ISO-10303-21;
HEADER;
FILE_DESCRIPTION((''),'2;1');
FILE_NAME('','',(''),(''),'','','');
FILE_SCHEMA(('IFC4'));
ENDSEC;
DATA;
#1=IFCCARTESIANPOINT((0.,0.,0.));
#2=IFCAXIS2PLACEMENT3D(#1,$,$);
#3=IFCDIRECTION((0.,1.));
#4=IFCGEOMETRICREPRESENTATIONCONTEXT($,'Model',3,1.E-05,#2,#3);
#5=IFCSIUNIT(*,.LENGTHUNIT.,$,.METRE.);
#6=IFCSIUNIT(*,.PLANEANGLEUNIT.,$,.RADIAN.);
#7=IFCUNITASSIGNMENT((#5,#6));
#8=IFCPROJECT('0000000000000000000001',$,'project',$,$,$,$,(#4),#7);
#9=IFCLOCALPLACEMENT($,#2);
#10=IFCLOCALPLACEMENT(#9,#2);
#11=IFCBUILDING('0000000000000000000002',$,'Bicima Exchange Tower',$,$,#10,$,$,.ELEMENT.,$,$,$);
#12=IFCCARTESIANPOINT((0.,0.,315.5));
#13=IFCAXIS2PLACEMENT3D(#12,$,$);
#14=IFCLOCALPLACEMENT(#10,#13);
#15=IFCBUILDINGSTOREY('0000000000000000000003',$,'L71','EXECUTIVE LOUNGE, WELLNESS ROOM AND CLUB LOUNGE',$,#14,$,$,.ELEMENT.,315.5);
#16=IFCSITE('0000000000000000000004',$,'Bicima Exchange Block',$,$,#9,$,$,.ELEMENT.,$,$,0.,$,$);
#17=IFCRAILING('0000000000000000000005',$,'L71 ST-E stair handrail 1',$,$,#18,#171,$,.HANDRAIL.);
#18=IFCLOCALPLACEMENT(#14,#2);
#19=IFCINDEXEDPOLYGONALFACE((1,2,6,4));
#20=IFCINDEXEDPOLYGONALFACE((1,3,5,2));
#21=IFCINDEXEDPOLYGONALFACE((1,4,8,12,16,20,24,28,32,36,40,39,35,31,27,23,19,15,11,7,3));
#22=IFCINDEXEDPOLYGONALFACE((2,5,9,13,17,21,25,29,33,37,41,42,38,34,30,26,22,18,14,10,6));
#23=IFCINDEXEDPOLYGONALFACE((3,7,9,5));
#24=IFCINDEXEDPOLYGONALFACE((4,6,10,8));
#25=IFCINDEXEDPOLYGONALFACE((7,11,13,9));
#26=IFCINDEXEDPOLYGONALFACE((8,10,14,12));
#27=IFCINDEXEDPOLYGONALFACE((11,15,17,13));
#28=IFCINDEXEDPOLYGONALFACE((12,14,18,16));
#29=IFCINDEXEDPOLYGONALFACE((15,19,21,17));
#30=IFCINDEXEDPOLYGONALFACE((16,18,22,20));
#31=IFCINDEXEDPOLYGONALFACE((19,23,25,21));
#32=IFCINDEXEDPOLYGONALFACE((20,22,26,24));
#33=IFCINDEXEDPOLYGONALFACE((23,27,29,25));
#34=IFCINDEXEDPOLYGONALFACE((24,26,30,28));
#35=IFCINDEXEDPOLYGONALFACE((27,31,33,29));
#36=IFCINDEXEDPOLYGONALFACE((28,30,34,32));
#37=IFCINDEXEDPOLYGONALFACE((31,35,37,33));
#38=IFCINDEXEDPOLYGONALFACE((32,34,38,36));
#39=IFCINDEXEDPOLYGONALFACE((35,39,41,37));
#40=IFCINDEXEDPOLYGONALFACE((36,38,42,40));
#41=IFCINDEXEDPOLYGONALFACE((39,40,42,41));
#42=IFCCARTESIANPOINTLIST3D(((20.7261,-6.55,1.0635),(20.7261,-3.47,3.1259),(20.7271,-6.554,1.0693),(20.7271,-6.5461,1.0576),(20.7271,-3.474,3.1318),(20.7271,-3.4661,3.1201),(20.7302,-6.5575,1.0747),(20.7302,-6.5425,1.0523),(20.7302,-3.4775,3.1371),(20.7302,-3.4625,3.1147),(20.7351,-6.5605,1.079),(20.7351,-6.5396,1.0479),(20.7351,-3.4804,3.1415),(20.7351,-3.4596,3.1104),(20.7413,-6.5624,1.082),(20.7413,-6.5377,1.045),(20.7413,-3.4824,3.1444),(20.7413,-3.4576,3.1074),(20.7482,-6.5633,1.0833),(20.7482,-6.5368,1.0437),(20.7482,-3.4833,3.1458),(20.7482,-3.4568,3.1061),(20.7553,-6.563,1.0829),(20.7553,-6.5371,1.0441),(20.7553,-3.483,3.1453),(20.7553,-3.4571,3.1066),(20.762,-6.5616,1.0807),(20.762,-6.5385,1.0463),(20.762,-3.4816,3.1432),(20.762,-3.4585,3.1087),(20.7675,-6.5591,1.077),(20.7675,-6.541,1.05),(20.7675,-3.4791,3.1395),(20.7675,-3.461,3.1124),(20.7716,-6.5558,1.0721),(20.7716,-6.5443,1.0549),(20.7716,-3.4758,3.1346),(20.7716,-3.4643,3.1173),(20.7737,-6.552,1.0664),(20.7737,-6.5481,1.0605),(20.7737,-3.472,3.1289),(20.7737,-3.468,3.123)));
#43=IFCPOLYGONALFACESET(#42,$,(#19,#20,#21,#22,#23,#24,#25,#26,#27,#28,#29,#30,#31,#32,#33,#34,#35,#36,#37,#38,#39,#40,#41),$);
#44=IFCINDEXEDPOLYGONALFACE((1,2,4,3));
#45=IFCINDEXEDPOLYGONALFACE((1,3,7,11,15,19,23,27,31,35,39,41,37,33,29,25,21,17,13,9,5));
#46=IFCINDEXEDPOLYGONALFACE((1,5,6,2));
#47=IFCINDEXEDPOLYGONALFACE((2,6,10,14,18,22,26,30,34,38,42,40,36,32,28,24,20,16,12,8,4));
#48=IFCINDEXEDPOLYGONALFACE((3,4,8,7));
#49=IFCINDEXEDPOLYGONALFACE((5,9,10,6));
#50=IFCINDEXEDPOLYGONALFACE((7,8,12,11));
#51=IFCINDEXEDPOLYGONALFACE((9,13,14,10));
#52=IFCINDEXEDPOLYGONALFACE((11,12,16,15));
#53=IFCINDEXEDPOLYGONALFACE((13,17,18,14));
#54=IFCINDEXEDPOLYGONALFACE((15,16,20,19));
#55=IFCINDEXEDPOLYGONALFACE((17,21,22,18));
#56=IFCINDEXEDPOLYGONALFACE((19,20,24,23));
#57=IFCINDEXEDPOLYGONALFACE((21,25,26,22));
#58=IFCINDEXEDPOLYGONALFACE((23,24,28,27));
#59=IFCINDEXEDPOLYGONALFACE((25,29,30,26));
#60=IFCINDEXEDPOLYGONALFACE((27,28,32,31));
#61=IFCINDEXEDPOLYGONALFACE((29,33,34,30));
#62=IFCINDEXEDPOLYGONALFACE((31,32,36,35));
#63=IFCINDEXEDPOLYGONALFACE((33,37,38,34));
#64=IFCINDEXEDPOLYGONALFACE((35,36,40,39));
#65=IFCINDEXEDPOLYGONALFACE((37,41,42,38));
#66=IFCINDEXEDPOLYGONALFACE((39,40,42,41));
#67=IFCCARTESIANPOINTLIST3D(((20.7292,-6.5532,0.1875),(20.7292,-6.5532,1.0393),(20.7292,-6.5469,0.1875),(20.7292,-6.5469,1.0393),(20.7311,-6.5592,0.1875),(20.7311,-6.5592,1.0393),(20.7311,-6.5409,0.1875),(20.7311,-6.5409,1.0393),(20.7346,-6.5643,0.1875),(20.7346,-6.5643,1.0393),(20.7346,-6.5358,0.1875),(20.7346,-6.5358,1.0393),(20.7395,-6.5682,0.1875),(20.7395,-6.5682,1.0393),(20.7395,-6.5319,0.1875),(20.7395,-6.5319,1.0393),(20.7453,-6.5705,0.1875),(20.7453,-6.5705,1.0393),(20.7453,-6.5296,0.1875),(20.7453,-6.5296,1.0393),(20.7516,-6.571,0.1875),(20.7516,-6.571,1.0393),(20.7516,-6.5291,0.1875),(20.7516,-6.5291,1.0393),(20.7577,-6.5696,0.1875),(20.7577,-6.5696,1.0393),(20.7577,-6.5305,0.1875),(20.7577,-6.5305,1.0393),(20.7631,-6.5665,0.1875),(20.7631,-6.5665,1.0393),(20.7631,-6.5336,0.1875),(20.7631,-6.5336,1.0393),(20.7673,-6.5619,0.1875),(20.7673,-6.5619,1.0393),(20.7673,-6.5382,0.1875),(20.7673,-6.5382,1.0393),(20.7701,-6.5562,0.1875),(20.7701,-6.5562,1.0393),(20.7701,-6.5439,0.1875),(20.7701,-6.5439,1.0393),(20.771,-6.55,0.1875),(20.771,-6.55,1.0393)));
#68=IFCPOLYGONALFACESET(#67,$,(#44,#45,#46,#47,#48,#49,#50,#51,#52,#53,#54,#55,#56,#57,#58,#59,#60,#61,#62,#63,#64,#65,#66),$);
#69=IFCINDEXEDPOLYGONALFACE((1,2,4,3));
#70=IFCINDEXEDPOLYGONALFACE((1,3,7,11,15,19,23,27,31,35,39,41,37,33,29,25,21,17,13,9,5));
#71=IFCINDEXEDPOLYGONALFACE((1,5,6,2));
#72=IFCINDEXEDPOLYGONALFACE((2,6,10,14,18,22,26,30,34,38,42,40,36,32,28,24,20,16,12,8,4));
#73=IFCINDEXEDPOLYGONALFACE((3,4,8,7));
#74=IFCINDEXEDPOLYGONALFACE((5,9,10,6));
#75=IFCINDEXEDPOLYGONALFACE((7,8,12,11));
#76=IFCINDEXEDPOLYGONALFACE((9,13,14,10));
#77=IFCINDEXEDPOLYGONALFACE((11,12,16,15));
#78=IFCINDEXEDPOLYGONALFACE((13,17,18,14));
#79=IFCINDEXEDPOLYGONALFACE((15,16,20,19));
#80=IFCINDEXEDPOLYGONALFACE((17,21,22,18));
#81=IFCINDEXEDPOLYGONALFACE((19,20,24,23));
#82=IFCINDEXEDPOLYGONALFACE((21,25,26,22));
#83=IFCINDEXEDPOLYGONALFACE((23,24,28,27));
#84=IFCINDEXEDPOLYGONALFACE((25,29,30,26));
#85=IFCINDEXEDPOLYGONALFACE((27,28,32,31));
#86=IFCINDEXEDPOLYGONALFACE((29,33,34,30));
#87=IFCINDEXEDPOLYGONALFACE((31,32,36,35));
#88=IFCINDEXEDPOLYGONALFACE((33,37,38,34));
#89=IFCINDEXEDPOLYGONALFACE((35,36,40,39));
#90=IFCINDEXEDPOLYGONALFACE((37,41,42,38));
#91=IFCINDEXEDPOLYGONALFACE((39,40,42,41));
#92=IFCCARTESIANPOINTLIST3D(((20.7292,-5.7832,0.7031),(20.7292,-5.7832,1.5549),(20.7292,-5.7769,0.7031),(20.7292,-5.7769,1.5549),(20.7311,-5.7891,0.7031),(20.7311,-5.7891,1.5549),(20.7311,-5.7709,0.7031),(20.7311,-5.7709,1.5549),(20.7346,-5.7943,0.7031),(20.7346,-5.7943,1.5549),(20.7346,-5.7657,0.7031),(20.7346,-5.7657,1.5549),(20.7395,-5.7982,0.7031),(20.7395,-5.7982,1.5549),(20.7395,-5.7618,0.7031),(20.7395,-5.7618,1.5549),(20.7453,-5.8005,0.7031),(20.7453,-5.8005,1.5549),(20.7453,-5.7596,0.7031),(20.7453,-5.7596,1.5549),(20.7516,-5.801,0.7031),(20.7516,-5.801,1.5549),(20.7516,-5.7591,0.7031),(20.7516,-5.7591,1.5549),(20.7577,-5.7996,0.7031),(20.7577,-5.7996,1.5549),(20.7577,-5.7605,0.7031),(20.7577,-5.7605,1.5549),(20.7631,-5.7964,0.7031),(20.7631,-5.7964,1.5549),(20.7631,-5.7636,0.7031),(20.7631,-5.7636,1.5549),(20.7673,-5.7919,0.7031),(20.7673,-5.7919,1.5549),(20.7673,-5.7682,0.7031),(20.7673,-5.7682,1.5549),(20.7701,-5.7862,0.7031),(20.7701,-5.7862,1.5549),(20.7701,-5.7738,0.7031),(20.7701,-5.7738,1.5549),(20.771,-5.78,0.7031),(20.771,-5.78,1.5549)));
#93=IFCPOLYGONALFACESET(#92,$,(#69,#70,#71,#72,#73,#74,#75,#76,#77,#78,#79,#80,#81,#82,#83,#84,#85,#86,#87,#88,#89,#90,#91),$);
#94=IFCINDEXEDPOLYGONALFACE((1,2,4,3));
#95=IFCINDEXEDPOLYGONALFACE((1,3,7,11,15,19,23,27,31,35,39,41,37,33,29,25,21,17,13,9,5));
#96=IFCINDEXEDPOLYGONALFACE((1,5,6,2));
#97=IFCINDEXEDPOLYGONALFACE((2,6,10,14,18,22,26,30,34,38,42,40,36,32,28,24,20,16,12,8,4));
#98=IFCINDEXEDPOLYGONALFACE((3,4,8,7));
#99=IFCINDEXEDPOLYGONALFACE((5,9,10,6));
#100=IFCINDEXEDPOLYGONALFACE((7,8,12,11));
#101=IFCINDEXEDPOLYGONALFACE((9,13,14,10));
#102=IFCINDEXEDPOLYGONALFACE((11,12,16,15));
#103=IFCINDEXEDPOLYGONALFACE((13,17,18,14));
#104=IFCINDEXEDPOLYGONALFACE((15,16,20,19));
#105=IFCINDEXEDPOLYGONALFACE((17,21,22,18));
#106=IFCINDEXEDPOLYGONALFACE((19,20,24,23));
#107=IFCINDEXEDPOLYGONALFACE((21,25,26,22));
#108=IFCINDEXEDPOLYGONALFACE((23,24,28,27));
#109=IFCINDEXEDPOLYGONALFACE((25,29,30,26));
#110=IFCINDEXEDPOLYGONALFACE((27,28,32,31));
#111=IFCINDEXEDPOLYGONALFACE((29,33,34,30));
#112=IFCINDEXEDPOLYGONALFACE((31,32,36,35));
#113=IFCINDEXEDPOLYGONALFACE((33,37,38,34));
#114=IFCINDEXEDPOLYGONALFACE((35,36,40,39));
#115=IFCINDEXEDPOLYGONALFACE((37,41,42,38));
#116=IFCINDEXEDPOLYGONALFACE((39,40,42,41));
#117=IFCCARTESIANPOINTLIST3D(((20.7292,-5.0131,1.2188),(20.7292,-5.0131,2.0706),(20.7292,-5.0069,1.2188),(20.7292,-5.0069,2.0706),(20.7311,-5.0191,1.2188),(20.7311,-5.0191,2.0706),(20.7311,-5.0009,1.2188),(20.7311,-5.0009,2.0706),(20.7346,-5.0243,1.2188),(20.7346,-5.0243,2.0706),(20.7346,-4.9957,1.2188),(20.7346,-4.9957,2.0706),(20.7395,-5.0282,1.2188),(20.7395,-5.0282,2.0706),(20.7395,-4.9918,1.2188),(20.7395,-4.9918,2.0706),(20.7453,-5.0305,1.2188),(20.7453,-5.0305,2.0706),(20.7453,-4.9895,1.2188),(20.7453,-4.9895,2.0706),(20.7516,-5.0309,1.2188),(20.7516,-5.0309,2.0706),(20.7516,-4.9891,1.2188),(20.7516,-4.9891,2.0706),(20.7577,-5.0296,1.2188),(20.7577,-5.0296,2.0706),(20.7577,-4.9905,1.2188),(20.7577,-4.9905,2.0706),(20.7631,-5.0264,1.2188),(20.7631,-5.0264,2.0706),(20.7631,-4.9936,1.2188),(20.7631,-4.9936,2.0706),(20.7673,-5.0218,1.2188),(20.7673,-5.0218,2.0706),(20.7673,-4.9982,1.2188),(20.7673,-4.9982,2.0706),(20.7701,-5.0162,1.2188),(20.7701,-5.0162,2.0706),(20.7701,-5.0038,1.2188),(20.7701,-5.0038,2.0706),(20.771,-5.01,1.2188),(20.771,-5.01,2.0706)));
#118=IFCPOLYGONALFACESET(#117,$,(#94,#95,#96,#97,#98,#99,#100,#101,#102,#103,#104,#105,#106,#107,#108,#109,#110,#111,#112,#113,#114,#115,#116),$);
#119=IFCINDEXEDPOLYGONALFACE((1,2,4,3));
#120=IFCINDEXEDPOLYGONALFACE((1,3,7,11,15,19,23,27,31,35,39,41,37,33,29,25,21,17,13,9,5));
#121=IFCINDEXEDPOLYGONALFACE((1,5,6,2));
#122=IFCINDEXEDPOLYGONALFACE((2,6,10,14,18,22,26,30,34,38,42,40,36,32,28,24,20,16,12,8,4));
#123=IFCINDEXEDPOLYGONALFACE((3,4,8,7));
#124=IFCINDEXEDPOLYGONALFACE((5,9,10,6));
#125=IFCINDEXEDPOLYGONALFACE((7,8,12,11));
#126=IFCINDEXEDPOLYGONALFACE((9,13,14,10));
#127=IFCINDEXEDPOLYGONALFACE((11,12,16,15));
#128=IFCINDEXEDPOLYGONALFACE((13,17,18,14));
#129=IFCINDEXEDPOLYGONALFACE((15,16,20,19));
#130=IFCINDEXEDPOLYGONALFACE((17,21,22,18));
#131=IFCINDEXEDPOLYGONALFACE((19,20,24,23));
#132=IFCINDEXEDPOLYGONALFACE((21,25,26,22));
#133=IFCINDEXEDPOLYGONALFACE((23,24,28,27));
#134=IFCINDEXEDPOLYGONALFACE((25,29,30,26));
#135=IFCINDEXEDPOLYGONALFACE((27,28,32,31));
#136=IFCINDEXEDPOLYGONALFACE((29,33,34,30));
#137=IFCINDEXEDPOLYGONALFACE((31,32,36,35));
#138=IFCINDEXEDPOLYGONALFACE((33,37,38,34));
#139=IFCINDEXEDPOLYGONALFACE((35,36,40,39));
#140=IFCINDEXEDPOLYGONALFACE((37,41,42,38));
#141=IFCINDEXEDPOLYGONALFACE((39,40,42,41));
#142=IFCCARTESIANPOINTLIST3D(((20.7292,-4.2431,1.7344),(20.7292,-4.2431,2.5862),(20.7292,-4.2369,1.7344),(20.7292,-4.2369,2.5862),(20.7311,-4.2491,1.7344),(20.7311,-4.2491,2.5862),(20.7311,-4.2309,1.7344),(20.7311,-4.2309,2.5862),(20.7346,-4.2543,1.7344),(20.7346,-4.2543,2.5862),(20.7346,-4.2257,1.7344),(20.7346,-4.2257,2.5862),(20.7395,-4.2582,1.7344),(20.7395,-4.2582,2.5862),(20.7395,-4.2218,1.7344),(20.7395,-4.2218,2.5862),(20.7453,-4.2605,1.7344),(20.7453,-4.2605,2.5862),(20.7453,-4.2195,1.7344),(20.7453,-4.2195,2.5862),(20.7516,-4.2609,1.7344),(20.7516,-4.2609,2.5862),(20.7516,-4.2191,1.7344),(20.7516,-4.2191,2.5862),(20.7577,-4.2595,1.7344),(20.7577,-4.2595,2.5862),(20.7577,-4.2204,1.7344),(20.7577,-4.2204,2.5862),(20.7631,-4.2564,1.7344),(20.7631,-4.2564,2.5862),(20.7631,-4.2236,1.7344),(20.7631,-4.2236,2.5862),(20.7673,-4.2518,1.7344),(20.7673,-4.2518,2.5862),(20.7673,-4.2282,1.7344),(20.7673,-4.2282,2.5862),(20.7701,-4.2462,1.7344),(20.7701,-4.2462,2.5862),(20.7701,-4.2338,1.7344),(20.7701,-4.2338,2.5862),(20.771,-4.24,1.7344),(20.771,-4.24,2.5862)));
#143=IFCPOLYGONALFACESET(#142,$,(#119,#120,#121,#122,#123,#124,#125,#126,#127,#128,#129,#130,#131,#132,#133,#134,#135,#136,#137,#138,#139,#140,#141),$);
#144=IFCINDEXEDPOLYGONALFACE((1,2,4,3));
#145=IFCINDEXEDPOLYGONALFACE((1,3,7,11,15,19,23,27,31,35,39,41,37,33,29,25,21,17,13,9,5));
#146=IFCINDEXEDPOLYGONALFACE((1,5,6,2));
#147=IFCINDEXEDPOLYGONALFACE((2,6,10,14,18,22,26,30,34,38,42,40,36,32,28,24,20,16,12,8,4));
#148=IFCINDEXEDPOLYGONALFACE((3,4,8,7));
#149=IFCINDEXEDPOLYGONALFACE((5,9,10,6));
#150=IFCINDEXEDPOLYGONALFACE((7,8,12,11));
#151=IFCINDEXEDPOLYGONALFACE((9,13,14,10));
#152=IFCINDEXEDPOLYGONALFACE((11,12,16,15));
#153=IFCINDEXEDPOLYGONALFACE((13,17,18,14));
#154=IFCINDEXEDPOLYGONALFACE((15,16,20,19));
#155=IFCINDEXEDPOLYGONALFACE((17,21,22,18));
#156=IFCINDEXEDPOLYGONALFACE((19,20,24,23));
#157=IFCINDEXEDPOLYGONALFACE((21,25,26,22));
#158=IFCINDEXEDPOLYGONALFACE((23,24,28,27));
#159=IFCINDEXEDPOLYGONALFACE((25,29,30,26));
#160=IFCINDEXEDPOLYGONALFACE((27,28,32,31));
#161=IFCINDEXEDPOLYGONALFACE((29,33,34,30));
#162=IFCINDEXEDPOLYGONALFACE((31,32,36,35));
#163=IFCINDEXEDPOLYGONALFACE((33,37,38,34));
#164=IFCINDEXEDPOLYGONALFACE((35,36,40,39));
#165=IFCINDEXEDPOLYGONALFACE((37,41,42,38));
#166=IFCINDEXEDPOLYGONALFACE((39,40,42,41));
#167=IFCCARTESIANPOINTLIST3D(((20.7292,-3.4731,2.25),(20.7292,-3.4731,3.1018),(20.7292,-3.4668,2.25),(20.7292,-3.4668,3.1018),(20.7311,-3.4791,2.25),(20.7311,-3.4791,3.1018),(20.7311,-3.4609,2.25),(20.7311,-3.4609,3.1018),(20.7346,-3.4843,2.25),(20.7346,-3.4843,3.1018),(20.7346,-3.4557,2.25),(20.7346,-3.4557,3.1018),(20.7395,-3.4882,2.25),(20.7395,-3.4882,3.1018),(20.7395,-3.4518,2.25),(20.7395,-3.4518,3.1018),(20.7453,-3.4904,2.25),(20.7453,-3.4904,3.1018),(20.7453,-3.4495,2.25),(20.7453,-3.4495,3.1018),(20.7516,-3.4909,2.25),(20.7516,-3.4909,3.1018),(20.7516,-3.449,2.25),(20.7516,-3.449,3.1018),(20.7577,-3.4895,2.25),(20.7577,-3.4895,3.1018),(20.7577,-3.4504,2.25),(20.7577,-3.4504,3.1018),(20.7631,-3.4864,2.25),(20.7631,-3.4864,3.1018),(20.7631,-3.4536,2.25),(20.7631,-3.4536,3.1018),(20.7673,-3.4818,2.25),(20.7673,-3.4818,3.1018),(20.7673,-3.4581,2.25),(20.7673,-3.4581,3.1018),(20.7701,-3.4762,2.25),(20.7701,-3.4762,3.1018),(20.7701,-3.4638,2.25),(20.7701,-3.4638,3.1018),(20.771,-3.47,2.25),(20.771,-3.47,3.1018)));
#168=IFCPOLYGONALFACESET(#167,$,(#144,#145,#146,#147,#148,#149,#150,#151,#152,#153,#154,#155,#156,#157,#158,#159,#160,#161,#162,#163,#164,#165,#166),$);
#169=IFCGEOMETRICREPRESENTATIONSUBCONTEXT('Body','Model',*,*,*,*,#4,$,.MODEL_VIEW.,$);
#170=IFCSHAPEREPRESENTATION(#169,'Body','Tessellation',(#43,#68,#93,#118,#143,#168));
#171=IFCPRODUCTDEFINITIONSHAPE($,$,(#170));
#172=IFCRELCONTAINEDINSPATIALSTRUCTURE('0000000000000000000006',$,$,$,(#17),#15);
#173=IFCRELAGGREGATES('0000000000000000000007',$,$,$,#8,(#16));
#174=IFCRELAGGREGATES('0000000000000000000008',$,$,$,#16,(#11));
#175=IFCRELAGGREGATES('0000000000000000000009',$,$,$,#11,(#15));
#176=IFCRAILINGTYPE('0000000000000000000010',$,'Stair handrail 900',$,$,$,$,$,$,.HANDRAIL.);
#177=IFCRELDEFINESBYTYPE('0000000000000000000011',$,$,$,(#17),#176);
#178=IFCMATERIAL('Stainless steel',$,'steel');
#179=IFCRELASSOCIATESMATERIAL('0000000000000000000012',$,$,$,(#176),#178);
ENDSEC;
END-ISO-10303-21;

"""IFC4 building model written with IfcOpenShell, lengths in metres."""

from ifc_helpers import new_model, si_unit, direction, frame, origin, origin_2d, place, context, subcontext, project, spatial, circle, extrude, material, type_object, element, save


model = new_model("IFC4")

# Units and contexts
model_context = context("Model", 3, precision=1e-05, world=origin(), true_north=direction((0.0, 1.0)))
body_context = subcontext(model_context, "Body", "Model", "MODEL_VIEW")
ifc_project = project(units=[si_unit("LENGTHUNIT", "METRE"), si_unit("PLANEANGLEUNIT", "RADIAN")], contexts=[model_context])

# Site, building, storey
site_placement = place(None, origin())
site = spatial("IfcSite", under=ifc_project, at=site_placement, Name="Bicima Exchange Block", CompositionType="ELEMENT", RefElevation=0.0)
building_placement = place(site_placement, origin())
building = spatial("IfcBuilding", under=site, at=building_placement, Name="Bicima Exchange Tower", CompositionType="ELEMENT")
storey_placement = place(building_placement, frame((0.0, 0.0, 315.5)))
storey = spatial("IfcBuildingStorey", under=building, at=storey_placement, Name="L71", Description="EXECUTIVE LOUNGE, WELLNESS ROOM AND CLUB LOUNGE", CompositionType="ELEMENT", Elevation=315.5)

# Railing
ifc_material_1 = material(Name="Stainless steel", Category="steel")
railing_type_1 = type_object("IfcRailingType", Name="Stair handrail 900", PredefinedType="HANDRAIL", material=ifc_material_1)
railing_1_placement = place(storey_placement, frame((20.75, -6.55, 0.1875)))
element("IfcRailing", 1, at=railing_1_placement, inside=storey, type_object=railing_type_1, Name="L71 ST-E stair handrail 1", PredefinedType="HANDRAIL", context=body_context, shape_type="SweptSolid", body=[
    extrude(circle(Radius=0.0239, at=origin_2d()), frame((0.0, 0.0, 0.876), z_axis=(0.0, 0.830914, 0.556401), x_axis=(-1.0, 0.0, 0.0)), (0.0, 0.0, 1.0), 3.7068),
    extrude(circle(Radius=0.021, at=origin_2d()), origin(), (0.0, 0.0, 1.0), 0.8518),
    extrude(circle(Radius=0.021, at=origin_2d()), frame((0.0, 0.77, 0.5156)), (0.0, 0.0, 1.0), 0.8518),
    extrude(circle(Radius=0.021, at=origin_2d()), frame((0.0, 1.54, 1.0312)), (0.0, 0.0, 1.0), 0.8518),
    extrude(circle(Radius=0.021, at=origin_2d()), frame((0.0, 2.3101, 1.5469)), (0.0, 0.0, 1.0), 0.8518),
    extrude(circle(Radius=0.021, at=origin_2d()), frame((0.0, 3.0801, 2.0625)), (0.0, 0.0, 1.0), 0.8518),
])

save(model, "model.ifc")
